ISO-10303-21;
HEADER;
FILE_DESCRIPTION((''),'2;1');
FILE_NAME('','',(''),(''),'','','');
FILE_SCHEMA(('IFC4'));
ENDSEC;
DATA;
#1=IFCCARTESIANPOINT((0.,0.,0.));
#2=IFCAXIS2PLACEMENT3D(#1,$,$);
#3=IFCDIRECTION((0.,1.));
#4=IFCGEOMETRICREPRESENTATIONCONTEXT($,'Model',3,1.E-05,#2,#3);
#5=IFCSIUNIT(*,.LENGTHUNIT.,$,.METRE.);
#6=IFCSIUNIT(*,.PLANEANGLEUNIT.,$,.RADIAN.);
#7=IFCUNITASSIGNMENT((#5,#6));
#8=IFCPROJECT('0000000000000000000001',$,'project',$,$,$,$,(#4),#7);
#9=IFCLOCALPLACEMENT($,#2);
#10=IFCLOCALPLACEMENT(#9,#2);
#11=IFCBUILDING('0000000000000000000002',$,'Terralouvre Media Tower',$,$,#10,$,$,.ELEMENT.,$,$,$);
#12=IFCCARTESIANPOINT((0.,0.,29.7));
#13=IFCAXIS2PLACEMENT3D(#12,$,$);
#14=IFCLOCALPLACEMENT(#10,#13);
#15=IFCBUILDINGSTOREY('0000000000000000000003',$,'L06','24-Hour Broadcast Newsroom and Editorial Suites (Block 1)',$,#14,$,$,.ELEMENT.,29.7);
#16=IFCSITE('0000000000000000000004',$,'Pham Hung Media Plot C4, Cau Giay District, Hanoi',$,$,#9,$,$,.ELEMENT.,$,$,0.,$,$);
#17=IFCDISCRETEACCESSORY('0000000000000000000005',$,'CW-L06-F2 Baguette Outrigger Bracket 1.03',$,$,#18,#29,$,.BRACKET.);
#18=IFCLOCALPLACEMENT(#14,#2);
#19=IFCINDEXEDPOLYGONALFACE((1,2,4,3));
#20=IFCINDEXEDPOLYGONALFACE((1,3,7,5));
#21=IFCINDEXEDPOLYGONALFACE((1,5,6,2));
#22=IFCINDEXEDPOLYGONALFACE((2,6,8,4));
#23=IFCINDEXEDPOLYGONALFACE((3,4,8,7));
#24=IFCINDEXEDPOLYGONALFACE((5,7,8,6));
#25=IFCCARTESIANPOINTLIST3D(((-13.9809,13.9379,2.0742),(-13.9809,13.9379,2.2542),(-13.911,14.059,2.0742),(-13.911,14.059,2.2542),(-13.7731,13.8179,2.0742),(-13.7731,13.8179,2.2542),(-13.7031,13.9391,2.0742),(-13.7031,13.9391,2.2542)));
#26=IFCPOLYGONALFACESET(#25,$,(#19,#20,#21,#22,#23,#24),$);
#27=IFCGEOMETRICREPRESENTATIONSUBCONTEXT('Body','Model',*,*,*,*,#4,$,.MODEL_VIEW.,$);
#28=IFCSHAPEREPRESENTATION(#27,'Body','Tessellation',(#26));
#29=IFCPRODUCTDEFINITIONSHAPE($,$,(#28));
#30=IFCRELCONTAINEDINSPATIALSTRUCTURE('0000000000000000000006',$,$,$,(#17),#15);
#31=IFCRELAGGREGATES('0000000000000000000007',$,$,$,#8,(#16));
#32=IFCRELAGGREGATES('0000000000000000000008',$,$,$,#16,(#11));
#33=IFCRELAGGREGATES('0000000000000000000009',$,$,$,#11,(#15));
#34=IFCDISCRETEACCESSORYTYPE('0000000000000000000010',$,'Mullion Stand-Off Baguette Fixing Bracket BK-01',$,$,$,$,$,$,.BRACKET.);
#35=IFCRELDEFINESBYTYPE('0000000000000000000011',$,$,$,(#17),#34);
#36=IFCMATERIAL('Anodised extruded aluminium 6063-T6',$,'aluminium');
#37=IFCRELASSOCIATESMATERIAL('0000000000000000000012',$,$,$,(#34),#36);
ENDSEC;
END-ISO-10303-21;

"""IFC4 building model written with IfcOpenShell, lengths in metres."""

from ifc_helpers import new_model, si_unit, direction, frame, origin, origin_2d, place, context, subcontext, project, spatial, rectangle, extrude, material, type_object, element, save


model = new_model("IFC4")

# Units and contexts
model_context = context("Model", 3, precision=1e-05, world=origin(), true_north=direction((0.0, 1.0)))
body_context = subcontext(model_context, "Body", "Model", "MODEL_VIEW")
ifc_project = project(units=[si_unit("LENGTHUNIT", "METRE"), si_unit("PLANEANGLEUNIT", "RADIAN")], contexts=[model_context])

# Site, building, storey
site_placement = place(None, origin())
site = spatial("IfcSite", under=ifc_project, at=site_placement, Name="Pham Hung Media Plot C4, Cau Giay District, Hanoi", CompositionType="ELEMENT", RefElevation=0.0)
building_placement = place(site_placement, origin())
building = spatial("IfcBuilding", under=site, at=building_placement, Name="Terralouvre Media Tower", CompositionType="ELEMENT")
storey_placement = place(building_placement, frame((0.0, 0.0, 29.7)))
storey = spatial("IfcBuildingStorey", under=building, at=storey_placement, Name="L06", Description="24-Hour Broadcast Newsroom and Editorial Suites (Block 1)", CompositionType="ELEMENT", Elevation=29.7)

# Discrete accessory
ifc_material_1 = material(Name="Anodised extruded aluminium 6063-T6", Category="aluminium")
discrete_accessory_type = type_object("IfcDiscreteAccessoryType", Name="Mullion Stand-Off Baguette Fixing Bracket BK-01", PredefinedType="BRACKET", material=ifc_material_1)
discrete_accessory_placement = place(storey_placement, frame((-13.842, 13.9385, 2.0742), z_axis=(0.0, 0.0, 1.0), x_axis=(-0.5, -0.866025, 0.0)))
element("IfcDiscreteAccessory", 1, at=discrete_accessory_placement, inside=storey, type_object=discrete_accessory_type, Name="CW-L06-F2 Baguette Outrigger Bracket 1.03", PredefinedType="BRACKET", context=body_context, shape_type="SweptSolid", body=[
    extrude(rectangle(XDim=0.1399, YDim=0.24, at=origin_2d()), origin(), (0.0, 0.0, 1.0), 0.1799),
])

save(model, "model.ifc")
